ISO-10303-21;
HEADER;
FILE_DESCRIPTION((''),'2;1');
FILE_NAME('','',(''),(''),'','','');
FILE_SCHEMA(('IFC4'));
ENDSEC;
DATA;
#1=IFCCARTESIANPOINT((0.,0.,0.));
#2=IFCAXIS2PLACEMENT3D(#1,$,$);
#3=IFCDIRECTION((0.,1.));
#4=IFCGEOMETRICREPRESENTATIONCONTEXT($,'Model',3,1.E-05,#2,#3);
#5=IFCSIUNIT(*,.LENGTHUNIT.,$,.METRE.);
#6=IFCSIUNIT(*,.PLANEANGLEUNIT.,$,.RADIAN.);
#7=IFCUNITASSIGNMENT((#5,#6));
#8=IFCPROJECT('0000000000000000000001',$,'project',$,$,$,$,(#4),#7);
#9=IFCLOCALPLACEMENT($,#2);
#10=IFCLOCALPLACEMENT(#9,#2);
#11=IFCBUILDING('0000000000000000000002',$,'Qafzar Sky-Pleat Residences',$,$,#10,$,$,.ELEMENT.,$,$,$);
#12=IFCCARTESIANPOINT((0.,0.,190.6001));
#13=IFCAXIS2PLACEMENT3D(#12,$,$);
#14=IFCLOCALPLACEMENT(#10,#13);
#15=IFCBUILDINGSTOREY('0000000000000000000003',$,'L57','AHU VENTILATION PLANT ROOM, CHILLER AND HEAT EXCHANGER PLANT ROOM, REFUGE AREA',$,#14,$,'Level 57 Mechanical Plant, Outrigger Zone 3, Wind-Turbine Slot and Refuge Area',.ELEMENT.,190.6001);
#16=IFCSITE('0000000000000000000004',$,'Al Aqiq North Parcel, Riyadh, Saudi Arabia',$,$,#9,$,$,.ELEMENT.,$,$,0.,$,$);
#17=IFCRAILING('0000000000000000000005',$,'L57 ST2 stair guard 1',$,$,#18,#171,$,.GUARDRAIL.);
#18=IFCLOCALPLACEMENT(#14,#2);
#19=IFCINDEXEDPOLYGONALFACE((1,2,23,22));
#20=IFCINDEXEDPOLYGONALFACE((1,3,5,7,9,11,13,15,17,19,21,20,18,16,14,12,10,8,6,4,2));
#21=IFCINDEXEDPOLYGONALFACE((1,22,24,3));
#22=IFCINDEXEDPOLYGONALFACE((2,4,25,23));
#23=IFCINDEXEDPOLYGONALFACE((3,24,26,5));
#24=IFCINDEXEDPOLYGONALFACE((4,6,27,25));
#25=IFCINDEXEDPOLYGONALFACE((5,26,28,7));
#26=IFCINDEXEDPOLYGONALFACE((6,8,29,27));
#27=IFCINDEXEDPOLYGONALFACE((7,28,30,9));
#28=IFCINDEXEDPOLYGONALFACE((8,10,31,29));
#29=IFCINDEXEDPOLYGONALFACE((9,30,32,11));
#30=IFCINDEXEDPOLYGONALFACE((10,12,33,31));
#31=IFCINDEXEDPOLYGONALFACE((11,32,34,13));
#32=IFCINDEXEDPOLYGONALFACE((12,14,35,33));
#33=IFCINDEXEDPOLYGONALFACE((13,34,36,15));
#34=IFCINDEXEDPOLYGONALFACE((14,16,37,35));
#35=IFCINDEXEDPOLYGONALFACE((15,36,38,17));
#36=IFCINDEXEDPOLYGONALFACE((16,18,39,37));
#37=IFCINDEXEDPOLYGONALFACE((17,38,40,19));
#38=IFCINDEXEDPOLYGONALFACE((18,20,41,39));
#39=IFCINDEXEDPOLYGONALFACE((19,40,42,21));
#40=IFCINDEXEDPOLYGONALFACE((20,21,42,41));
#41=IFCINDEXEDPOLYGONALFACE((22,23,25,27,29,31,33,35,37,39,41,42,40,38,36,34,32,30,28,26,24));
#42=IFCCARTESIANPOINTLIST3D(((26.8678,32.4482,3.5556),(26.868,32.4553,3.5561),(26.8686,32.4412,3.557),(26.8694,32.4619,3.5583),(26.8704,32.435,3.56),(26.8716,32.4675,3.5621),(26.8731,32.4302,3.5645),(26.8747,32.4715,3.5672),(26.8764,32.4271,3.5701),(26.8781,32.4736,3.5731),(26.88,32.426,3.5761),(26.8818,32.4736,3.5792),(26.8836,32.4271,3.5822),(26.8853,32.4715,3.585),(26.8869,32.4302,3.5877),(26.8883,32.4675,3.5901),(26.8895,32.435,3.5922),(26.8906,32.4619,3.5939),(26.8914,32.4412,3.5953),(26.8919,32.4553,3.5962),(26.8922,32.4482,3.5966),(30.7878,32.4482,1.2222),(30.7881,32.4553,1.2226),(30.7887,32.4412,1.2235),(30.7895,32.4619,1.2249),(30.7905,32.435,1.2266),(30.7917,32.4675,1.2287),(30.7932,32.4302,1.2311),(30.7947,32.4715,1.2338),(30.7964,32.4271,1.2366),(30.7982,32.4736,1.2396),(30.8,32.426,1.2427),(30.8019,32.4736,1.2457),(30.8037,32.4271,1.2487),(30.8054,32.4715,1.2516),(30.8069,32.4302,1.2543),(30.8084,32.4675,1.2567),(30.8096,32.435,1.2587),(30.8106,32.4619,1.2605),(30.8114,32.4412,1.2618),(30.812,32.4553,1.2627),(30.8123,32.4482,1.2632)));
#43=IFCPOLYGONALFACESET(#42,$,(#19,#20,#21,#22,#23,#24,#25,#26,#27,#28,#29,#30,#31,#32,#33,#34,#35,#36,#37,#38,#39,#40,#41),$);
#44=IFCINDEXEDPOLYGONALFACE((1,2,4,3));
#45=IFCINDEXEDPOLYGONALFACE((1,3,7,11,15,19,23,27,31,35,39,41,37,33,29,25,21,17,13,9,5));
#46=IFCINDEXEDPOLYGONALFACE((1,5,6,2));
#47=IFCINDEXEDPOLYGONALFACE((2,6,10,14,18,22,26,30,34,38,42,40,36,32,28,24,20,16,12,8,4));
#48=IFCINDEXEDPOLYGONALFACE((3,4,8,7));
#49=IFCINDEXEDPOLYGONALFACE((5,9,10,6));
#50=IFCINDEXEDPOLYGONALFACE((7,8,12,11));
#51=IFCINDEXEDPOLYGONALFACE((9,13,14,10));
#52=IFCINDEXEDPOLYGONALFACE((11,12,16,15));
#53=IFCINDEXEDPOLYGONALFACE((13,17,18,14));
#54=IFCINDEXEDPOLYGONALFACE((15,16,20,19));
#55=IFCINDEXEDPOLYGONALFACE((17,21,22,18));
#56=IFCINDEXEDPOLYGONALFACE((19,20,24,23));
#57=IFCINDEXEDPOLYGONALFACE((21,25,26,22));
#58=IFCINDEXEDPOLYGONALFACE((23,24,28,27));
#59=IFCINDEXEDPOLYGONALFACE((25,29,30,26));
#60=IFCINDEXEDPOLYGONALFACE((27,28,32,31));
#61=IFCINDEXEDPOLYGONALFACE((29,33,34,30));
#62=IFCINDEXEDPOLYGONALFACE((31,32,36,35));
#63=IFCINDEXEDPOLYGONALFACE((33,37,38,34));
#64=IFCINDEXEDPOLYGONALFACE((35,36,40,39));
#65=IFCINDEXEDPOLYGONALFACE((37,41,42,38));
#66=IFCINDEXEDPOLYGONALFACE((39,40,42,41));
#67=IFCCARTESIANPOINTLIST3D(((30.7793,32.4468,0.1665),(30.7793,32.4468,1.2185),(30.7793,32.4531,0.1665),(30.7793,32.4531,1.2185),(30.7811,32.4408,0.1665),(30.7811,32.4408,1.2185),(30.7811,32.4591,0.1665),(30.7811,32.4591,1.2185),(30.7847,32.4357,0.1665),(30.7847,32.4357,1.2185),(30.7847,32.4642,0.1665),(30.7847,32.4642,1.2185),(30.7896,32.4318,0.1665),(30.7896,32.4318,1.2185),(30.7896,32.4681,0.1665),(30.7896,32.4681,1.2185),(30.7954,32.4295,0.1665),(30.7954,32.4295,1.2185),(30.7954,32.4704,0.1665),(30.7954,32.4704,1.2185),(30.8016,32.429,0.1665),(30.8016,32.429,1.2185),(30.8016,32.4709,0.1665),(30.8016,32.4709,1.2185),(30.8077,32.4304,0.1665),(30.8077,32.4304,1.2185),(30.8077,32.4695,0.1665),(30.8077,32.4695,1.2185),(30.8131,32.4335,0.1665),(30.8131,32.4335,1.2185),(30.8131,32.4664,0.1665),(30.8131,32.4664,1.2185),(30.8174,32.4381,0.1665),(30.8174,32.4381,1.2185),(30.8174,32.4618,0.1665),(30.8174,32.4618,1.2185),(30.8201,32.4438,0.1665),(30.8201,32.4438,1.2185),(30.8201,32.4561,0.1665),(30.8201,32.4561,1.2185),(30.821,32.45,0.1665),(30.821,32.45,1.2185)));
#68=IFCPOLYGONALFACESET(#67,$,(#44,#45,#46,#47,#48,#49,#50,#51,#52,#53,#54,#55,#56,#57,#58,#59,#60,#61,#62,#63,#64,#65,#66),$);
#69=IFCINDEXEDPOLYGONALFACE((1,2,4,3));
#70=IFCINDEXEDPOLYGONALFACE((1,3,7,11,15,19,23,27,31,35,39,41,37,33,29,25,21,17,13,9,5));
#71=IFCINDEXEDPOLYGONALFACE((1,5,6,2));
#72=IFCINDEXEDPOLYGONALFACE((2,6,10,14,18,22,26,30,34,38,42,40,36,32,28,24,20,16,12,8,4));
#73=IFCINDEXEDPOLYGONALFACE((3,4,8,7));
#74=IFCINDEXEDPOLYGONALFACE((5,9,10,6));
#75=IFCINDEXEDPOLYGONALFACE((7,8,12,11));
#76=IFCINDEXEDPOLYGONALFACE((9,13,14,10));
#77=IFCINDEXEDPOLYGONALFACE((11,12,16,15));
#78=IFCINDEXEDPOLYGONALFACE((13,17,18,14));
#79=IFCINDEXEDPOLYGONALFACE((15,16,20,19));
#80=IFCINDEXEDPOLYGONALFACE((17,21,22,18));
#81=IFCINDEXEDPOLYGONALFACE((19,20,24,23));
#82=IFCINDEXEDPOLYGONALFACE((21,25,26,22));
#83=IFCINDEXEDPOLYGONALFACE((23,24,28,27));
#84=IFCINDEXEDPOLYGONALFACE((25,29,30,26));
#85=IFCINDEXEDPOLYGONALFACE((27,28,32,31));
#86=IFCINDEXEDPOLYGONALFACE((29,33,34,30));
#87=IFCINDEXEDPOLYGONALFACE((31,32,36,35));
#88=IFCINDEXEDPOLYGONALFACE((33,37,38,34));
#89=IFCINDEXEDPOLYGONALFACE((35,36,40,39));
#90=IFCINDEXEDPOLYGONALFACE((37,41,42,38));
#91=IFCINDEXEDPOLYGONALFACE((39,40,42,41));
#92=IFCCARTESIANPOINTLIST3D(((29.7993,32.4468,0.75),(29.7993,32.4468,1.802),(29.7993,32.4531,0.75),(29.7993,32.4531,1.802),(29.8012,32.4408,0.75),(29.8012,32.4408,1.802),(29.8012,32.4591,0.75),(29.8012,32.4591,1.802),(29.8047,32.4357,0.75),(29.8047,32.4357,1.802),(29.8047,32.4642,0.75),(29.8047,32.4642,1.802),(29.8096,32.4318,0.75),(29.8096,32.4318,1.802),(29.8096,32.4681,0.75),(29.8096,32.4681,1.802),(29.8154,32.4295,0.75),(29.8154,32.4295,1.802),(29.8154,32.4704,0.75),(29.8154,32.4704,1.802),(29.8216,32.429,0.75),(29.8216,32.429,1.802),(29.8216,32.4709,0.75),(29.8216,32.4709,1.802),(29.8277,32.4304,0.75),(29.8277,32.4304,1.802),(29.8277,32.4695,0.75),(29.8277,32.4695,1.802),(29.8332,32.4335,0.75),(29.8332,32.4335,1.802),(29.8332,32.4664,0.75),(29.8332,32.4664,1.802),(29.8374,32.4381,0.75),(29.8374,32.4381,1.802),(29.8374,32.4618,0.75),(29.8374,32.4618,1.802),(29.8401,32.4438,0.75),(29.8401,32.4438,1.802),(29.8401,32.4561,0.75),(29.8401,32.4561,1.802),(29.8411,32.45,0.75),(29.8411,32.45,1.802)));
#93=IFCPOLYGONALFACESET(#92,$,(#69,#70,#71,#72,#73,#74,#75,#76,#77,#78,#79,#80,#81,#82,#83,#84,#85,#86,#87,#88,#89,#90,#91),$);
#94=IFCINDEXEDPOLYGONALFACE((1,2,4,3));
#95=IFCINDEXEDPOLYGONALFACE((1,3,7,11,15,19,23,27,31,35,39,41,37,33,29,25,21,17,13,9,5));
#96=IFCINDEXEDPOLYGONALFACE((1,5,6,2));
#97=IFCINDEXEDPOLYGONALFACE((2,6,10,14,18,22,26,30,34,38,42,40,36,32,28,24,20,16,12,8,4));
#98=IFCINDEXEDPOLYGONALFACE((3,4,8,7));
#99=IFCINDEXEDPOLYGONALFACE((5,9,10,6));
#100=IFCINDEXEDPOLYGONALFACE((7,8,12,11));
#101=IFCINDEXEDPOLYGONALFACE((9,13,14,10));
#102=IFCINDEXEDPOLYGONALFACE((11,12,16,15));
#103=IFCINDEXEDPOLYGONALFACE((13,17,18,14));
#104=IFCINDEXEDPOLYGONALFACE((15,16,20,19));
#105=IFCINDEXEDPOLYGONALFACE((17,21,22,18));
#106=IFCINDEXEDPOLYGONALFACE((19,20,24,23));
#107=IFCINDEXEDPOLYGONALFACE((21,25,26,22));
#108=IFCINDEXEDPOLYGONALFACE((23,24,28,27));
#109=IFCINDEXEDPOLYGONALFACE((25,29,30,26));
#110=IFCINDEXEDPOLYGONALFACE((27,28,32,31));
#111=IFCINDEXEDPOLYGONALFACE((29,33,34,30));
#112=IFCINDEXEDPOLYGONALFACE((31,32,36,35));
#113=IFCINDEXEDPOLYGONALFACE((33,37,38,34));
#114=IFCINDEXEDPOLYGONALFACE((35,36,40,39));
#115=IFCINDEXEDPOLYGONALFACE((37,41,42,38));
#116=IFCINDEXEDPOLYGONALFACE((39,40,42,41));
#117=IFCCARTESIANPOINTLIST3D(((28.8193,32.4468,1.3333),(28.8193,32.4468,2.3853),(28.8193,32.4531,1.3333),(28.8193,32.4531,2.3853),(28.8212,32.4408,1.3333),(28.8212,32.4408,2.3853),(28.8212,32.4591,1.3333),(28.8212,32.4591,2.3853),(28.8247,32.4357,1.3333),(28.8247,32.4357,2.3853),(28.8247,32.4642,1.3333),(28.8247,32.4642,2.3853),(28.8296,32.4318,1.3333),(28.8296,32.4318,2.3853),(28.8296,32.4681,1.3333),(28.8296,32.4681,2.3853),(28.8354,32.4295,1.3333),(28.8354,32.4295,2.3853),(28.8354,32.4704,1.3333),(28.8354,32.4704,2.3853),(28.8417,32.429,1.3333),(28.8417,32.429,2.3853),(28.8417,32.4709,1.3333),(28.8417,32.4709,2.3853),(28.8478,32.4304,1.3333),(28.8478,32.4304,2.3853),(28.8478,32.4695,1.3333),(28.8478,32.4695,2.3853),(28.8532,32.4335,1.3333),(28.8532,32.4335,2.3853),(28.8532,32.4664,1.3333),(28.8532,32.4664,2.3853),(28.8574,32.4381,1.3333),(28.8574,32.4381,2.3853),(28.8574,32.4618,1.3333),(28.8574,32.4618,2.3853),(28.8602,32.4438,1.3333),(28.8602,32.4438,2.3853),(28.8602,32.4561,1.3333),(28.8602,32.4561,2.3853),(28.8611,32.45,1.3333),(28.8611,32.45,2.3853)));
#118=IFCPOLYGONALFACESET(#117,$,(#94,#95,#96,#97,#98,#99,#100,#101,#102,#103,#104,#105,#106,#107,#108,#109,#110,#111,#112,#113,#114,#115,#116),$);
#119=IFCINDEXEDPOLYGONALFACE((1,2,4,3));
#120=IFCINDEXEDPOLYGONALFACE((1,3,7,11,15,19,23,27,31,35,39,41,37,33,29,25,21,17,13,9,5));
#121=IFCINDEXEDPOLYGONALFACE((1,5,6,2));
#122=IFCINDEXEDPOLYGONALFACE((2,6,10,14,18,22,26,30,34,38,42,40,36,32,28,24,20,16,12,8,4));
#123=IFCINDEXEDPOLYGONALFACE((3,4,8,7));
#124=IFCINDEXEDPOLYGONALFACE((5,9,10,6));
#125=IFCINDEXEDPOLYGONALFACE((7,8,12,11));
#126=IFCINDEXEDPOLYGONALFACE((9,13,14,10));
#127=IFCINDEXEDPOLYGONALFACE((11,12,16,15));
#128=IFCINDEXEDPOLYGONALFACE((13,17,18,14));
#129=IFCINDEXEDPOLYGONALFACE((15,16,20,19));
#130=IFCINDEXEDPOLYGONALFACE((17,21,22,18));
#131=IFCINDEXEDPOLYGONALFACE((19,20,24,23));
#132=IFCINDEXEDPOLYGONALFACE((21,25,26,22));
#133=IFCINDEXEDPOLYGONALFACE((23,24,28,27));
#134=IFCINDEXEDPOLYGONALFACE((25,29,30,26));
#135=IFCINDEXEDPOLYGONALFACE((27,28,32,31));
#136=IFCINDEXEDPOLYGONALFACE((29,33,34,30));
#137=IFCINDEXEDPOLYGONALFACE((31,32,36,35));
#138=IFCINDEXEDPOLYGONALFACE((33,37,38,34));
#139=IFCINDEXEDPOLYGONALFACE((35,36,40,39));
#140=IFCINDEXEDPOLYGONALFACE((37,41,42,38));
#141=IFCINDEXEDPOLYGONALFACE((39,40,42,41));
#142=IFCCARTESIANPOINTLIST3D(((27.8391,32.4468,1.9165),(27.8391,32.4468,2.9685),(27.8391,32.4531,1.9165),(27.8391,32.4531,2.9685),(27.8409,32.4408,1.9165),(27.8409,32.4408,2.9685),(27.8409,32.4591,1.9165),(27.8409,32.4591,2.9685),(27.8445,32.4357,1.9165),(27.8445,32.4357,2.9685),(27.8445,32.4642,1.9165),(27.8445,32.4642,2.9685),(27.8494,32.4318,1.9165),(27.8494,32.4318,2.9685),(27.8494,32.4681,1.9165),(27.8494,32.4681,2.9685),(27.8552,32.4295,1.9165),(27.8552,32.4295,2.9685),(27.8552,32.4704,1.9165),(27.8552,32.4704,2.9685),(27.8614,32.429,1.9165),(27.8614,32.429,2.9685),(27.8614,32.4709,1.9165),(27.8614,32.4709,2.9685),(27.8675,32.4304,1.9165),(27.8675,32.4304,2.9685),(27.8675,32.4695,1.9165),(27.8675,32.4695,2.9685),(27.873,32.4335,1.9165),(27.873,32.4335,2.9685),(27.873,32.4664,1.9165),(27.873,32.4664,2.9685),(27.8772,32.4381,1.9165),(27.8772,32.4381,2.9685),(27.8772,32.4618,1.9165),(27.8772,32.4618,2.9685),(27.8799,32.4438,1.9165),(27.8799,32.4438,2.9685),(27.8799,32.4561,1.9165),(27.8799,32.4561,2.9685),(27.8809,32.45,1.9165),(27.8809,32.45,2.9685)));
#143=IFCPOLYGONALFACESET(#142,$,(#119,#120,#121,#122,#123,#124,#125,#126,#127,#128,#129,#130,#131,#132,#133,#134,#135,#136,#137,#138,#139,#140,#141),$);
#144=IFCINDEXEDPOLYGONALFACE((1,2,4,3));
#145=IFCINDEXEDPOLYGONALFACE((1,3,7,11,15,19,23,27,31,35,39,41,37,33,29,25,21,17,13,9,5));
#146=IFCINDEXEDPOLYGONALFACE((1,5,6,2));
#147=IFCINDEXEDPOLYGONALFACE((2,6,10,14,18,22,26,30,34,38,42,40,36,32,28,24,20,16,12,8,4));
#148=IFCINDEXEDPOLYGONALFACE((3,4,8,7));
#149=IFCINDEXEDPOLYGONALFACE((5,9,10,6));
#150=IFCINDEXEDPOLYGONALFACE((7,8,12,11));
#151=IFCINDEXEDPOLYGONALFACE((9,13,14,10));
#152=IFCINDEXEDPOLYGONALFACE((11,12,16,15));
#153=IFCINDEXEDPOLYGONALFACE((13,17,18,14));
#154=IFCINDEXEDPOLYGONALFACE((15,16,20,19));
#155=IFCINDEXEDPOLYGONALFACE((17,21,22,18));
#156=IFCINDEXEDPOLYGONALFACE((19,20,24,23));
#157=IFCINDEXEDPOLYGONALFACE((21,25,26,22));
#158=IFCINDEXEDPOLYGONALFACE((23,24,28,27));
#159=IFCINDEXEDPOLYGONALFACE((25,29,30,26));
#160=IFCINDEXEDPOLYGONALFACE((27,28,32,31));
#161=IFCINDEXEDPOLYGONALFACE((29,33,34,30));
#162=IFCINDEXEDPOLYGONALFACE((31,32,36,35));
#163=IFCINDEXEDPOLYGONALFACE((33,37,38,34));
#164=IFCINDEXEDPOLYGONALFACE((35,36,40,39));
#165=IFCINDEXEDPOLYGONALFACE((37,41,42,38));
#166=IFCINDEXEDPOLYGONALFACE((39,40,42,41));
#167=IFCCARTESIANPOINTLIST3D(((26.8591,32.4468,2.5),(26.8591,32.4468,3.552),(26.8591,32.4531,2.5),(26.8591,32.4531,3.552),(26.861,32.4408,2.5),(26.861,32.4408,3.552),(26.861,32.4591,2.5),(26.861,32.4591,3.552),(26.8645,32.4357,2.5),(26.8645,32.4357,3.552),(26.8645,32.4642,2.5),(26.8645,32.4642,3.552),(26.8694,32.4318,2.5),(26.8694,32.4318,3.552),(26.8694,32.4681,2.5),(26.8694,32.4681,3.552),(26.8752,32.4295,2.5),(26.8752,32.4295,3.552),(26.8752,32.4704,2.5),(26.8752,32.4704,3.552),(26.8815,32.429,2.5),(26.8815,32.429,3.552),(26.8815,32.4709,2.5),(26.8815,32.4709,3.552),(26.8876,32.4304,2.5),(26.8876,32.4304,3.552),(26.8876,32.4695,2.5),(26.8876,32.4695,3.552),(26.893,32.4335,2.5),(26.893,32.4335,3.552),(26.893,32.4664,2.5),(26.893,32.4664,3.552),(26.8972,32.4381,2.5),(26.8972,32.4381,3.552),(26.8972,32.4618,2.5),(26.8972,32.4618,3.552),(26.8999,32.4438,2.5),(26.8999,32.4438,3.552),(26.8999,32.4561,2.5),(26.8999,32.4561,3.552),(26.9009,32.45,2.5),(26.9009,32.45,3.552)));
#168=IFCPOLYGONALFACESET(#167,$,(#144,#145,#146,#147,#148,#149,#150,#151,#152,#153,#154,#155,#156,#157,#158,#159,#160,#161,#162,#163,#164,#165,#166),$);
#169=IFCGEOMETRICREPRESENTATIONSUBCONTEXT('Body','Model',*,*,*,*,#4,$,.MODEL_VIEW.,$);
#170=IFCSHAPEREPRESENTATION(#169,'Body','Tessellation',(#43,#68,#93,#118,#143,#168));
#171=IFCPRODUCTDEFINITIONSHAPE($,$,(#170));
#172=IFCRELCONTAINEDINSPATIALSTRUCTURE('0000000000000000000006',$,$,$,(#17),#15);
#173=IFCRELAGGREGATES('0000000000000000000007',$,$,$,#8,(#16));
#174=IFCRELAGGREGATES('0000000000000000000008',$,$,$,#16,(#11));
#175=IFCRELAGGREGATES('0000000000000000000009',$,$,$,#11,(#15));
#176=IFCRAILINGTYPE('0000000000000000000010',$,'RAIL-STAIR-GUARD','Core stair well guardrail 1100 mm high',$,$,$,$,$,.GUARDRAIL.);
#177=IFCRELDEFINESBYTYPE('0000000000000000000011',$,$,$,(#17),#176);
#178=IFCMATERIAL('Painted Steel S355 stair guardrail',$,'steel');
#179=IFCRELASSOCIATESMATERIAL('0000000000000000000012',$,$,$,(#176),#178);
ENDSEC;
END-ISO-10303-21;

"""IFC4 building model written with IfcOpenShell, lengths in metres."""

from ifc_helpers import new_model, si_unit, direction, frame, origin, origin_2d, place, context, subcontext, project, spatial, circle, extrude, source, transform, mapped, material, type_object, element, save


model = new_model("IFC4")

# Units and contexts
model_context = context("Model", 3, precision=1e-05, world=origin(), true_north=direction((0.0, 1.0)))
body_context = subcontext(model_context, "Body", "Model", "MODEL_VIEW")
ifc_project = project(units=[si_unit("LENGTHUNIT", "METRE"), si_unit("PLANEANGLEUNIT", "RADIAN")], contexts=[model_context])

# Site, building, storey
site_placement = place(None, origin())
site = spatial("IfcSite", under=ifc_project, at=site_placement, Name="Al Aqiq North Parcel, Riyadh, Saudi Arabia", CompositionType="ELEMENT", RefElevation=0.0)
building_placement = place(site_placement, origin())
building = spatial("IfcBuilding", under=site, at=building_placement, Name="Qafzar Sky-Pleat Residences", CompositionType="ELEMENT")
storey_placement = place(building_placement, frame((0.0, 0.0, 190.6001)))
storey = spatial("IfcBuildingStorey", under=building, at=storey_placement, Name="L57", Description="AHU VENTILATION PLANT ROOM, CHILLER AND HEAT EXCHANGER PLANT ROOM, REFUGE AREA", LongName="Level 57 Mechanical Plant, Outrigger Zone 3, Wind-Turbine Slot and Refuge Area", CompositionType="ELEMENT", Elevation=190.6001)

# Railing
ifc_material_1 = material(Name="Painted Steel S355 stair guardrail", Category="steel")
railing_type_1 = type_object("IfcRailingType", Name="RAIL-STAIR-GUARD", Description="Core stair well guardrail 1100 mm high", PredefinedType="GUARDRAIL", material=ifc_material_1)
shared_shape_1 = source(origin(), body_context, "Body", "SweptSolid", [
    extrude(circle(Radius=0.0239, at=origin_2d()), frame((0.0, 0.0, 1.0762), z_axis=(-0.859287, 0.0, 0.511494), x_axis=(0.0, -1.0, 0.0)), (0.0, 0.0, 1.0), 4.562),
    extrude(circle(Radius=0.021, at=origin_2d()), origin(), (0.0, 0.0, 1.0), 1.052),
    extrude(circle(Radius=0.021, at=origin_2d()), frame((-0.98, 0.0, 0.5835)), (0.0, 0.0, 1.0), 1.052),
    extrude(circle(Radius=0.021, at=origin_2d()), frame((-1.96, 0.0, 1.1667)), (0.0, 0.0, 1.0), 1.052),
    extrude(circle(Radius=0.021, at=origin_2d()), frame((-2.9402, 0.0, 1.75)), (0.0, 0.0, 1.0), 1.052),
    extrude(circle(Radius=0.021, at=origin_2d()), frame((-3.9202, 0.0, 2.3335)), (0.0, 0.0, 1.0), 1.052),
])
railing_1_placement = place(storey_placement, frame((30.8, 32.45, 0.1665)))
element("IfcRailing", 1, at=railing_1_placement, inside=storey, type_object=railing_type_1, Name="L57 ST2 stair guard 1", PredefinedType="GUARDRAIL", context=body_context, shape_type="MappedRepresentation", body=[
    mapped(shared_shape_1, transform((0.0, 0.0, 0.0), x_axis=(1.0, 0.0, 0.0), y_axis=(0.0, 1.0, 0.0), z_axis=(0.0, 0.0, 1.0), scale=1.0)),
])

save(model, "model.ifc")
